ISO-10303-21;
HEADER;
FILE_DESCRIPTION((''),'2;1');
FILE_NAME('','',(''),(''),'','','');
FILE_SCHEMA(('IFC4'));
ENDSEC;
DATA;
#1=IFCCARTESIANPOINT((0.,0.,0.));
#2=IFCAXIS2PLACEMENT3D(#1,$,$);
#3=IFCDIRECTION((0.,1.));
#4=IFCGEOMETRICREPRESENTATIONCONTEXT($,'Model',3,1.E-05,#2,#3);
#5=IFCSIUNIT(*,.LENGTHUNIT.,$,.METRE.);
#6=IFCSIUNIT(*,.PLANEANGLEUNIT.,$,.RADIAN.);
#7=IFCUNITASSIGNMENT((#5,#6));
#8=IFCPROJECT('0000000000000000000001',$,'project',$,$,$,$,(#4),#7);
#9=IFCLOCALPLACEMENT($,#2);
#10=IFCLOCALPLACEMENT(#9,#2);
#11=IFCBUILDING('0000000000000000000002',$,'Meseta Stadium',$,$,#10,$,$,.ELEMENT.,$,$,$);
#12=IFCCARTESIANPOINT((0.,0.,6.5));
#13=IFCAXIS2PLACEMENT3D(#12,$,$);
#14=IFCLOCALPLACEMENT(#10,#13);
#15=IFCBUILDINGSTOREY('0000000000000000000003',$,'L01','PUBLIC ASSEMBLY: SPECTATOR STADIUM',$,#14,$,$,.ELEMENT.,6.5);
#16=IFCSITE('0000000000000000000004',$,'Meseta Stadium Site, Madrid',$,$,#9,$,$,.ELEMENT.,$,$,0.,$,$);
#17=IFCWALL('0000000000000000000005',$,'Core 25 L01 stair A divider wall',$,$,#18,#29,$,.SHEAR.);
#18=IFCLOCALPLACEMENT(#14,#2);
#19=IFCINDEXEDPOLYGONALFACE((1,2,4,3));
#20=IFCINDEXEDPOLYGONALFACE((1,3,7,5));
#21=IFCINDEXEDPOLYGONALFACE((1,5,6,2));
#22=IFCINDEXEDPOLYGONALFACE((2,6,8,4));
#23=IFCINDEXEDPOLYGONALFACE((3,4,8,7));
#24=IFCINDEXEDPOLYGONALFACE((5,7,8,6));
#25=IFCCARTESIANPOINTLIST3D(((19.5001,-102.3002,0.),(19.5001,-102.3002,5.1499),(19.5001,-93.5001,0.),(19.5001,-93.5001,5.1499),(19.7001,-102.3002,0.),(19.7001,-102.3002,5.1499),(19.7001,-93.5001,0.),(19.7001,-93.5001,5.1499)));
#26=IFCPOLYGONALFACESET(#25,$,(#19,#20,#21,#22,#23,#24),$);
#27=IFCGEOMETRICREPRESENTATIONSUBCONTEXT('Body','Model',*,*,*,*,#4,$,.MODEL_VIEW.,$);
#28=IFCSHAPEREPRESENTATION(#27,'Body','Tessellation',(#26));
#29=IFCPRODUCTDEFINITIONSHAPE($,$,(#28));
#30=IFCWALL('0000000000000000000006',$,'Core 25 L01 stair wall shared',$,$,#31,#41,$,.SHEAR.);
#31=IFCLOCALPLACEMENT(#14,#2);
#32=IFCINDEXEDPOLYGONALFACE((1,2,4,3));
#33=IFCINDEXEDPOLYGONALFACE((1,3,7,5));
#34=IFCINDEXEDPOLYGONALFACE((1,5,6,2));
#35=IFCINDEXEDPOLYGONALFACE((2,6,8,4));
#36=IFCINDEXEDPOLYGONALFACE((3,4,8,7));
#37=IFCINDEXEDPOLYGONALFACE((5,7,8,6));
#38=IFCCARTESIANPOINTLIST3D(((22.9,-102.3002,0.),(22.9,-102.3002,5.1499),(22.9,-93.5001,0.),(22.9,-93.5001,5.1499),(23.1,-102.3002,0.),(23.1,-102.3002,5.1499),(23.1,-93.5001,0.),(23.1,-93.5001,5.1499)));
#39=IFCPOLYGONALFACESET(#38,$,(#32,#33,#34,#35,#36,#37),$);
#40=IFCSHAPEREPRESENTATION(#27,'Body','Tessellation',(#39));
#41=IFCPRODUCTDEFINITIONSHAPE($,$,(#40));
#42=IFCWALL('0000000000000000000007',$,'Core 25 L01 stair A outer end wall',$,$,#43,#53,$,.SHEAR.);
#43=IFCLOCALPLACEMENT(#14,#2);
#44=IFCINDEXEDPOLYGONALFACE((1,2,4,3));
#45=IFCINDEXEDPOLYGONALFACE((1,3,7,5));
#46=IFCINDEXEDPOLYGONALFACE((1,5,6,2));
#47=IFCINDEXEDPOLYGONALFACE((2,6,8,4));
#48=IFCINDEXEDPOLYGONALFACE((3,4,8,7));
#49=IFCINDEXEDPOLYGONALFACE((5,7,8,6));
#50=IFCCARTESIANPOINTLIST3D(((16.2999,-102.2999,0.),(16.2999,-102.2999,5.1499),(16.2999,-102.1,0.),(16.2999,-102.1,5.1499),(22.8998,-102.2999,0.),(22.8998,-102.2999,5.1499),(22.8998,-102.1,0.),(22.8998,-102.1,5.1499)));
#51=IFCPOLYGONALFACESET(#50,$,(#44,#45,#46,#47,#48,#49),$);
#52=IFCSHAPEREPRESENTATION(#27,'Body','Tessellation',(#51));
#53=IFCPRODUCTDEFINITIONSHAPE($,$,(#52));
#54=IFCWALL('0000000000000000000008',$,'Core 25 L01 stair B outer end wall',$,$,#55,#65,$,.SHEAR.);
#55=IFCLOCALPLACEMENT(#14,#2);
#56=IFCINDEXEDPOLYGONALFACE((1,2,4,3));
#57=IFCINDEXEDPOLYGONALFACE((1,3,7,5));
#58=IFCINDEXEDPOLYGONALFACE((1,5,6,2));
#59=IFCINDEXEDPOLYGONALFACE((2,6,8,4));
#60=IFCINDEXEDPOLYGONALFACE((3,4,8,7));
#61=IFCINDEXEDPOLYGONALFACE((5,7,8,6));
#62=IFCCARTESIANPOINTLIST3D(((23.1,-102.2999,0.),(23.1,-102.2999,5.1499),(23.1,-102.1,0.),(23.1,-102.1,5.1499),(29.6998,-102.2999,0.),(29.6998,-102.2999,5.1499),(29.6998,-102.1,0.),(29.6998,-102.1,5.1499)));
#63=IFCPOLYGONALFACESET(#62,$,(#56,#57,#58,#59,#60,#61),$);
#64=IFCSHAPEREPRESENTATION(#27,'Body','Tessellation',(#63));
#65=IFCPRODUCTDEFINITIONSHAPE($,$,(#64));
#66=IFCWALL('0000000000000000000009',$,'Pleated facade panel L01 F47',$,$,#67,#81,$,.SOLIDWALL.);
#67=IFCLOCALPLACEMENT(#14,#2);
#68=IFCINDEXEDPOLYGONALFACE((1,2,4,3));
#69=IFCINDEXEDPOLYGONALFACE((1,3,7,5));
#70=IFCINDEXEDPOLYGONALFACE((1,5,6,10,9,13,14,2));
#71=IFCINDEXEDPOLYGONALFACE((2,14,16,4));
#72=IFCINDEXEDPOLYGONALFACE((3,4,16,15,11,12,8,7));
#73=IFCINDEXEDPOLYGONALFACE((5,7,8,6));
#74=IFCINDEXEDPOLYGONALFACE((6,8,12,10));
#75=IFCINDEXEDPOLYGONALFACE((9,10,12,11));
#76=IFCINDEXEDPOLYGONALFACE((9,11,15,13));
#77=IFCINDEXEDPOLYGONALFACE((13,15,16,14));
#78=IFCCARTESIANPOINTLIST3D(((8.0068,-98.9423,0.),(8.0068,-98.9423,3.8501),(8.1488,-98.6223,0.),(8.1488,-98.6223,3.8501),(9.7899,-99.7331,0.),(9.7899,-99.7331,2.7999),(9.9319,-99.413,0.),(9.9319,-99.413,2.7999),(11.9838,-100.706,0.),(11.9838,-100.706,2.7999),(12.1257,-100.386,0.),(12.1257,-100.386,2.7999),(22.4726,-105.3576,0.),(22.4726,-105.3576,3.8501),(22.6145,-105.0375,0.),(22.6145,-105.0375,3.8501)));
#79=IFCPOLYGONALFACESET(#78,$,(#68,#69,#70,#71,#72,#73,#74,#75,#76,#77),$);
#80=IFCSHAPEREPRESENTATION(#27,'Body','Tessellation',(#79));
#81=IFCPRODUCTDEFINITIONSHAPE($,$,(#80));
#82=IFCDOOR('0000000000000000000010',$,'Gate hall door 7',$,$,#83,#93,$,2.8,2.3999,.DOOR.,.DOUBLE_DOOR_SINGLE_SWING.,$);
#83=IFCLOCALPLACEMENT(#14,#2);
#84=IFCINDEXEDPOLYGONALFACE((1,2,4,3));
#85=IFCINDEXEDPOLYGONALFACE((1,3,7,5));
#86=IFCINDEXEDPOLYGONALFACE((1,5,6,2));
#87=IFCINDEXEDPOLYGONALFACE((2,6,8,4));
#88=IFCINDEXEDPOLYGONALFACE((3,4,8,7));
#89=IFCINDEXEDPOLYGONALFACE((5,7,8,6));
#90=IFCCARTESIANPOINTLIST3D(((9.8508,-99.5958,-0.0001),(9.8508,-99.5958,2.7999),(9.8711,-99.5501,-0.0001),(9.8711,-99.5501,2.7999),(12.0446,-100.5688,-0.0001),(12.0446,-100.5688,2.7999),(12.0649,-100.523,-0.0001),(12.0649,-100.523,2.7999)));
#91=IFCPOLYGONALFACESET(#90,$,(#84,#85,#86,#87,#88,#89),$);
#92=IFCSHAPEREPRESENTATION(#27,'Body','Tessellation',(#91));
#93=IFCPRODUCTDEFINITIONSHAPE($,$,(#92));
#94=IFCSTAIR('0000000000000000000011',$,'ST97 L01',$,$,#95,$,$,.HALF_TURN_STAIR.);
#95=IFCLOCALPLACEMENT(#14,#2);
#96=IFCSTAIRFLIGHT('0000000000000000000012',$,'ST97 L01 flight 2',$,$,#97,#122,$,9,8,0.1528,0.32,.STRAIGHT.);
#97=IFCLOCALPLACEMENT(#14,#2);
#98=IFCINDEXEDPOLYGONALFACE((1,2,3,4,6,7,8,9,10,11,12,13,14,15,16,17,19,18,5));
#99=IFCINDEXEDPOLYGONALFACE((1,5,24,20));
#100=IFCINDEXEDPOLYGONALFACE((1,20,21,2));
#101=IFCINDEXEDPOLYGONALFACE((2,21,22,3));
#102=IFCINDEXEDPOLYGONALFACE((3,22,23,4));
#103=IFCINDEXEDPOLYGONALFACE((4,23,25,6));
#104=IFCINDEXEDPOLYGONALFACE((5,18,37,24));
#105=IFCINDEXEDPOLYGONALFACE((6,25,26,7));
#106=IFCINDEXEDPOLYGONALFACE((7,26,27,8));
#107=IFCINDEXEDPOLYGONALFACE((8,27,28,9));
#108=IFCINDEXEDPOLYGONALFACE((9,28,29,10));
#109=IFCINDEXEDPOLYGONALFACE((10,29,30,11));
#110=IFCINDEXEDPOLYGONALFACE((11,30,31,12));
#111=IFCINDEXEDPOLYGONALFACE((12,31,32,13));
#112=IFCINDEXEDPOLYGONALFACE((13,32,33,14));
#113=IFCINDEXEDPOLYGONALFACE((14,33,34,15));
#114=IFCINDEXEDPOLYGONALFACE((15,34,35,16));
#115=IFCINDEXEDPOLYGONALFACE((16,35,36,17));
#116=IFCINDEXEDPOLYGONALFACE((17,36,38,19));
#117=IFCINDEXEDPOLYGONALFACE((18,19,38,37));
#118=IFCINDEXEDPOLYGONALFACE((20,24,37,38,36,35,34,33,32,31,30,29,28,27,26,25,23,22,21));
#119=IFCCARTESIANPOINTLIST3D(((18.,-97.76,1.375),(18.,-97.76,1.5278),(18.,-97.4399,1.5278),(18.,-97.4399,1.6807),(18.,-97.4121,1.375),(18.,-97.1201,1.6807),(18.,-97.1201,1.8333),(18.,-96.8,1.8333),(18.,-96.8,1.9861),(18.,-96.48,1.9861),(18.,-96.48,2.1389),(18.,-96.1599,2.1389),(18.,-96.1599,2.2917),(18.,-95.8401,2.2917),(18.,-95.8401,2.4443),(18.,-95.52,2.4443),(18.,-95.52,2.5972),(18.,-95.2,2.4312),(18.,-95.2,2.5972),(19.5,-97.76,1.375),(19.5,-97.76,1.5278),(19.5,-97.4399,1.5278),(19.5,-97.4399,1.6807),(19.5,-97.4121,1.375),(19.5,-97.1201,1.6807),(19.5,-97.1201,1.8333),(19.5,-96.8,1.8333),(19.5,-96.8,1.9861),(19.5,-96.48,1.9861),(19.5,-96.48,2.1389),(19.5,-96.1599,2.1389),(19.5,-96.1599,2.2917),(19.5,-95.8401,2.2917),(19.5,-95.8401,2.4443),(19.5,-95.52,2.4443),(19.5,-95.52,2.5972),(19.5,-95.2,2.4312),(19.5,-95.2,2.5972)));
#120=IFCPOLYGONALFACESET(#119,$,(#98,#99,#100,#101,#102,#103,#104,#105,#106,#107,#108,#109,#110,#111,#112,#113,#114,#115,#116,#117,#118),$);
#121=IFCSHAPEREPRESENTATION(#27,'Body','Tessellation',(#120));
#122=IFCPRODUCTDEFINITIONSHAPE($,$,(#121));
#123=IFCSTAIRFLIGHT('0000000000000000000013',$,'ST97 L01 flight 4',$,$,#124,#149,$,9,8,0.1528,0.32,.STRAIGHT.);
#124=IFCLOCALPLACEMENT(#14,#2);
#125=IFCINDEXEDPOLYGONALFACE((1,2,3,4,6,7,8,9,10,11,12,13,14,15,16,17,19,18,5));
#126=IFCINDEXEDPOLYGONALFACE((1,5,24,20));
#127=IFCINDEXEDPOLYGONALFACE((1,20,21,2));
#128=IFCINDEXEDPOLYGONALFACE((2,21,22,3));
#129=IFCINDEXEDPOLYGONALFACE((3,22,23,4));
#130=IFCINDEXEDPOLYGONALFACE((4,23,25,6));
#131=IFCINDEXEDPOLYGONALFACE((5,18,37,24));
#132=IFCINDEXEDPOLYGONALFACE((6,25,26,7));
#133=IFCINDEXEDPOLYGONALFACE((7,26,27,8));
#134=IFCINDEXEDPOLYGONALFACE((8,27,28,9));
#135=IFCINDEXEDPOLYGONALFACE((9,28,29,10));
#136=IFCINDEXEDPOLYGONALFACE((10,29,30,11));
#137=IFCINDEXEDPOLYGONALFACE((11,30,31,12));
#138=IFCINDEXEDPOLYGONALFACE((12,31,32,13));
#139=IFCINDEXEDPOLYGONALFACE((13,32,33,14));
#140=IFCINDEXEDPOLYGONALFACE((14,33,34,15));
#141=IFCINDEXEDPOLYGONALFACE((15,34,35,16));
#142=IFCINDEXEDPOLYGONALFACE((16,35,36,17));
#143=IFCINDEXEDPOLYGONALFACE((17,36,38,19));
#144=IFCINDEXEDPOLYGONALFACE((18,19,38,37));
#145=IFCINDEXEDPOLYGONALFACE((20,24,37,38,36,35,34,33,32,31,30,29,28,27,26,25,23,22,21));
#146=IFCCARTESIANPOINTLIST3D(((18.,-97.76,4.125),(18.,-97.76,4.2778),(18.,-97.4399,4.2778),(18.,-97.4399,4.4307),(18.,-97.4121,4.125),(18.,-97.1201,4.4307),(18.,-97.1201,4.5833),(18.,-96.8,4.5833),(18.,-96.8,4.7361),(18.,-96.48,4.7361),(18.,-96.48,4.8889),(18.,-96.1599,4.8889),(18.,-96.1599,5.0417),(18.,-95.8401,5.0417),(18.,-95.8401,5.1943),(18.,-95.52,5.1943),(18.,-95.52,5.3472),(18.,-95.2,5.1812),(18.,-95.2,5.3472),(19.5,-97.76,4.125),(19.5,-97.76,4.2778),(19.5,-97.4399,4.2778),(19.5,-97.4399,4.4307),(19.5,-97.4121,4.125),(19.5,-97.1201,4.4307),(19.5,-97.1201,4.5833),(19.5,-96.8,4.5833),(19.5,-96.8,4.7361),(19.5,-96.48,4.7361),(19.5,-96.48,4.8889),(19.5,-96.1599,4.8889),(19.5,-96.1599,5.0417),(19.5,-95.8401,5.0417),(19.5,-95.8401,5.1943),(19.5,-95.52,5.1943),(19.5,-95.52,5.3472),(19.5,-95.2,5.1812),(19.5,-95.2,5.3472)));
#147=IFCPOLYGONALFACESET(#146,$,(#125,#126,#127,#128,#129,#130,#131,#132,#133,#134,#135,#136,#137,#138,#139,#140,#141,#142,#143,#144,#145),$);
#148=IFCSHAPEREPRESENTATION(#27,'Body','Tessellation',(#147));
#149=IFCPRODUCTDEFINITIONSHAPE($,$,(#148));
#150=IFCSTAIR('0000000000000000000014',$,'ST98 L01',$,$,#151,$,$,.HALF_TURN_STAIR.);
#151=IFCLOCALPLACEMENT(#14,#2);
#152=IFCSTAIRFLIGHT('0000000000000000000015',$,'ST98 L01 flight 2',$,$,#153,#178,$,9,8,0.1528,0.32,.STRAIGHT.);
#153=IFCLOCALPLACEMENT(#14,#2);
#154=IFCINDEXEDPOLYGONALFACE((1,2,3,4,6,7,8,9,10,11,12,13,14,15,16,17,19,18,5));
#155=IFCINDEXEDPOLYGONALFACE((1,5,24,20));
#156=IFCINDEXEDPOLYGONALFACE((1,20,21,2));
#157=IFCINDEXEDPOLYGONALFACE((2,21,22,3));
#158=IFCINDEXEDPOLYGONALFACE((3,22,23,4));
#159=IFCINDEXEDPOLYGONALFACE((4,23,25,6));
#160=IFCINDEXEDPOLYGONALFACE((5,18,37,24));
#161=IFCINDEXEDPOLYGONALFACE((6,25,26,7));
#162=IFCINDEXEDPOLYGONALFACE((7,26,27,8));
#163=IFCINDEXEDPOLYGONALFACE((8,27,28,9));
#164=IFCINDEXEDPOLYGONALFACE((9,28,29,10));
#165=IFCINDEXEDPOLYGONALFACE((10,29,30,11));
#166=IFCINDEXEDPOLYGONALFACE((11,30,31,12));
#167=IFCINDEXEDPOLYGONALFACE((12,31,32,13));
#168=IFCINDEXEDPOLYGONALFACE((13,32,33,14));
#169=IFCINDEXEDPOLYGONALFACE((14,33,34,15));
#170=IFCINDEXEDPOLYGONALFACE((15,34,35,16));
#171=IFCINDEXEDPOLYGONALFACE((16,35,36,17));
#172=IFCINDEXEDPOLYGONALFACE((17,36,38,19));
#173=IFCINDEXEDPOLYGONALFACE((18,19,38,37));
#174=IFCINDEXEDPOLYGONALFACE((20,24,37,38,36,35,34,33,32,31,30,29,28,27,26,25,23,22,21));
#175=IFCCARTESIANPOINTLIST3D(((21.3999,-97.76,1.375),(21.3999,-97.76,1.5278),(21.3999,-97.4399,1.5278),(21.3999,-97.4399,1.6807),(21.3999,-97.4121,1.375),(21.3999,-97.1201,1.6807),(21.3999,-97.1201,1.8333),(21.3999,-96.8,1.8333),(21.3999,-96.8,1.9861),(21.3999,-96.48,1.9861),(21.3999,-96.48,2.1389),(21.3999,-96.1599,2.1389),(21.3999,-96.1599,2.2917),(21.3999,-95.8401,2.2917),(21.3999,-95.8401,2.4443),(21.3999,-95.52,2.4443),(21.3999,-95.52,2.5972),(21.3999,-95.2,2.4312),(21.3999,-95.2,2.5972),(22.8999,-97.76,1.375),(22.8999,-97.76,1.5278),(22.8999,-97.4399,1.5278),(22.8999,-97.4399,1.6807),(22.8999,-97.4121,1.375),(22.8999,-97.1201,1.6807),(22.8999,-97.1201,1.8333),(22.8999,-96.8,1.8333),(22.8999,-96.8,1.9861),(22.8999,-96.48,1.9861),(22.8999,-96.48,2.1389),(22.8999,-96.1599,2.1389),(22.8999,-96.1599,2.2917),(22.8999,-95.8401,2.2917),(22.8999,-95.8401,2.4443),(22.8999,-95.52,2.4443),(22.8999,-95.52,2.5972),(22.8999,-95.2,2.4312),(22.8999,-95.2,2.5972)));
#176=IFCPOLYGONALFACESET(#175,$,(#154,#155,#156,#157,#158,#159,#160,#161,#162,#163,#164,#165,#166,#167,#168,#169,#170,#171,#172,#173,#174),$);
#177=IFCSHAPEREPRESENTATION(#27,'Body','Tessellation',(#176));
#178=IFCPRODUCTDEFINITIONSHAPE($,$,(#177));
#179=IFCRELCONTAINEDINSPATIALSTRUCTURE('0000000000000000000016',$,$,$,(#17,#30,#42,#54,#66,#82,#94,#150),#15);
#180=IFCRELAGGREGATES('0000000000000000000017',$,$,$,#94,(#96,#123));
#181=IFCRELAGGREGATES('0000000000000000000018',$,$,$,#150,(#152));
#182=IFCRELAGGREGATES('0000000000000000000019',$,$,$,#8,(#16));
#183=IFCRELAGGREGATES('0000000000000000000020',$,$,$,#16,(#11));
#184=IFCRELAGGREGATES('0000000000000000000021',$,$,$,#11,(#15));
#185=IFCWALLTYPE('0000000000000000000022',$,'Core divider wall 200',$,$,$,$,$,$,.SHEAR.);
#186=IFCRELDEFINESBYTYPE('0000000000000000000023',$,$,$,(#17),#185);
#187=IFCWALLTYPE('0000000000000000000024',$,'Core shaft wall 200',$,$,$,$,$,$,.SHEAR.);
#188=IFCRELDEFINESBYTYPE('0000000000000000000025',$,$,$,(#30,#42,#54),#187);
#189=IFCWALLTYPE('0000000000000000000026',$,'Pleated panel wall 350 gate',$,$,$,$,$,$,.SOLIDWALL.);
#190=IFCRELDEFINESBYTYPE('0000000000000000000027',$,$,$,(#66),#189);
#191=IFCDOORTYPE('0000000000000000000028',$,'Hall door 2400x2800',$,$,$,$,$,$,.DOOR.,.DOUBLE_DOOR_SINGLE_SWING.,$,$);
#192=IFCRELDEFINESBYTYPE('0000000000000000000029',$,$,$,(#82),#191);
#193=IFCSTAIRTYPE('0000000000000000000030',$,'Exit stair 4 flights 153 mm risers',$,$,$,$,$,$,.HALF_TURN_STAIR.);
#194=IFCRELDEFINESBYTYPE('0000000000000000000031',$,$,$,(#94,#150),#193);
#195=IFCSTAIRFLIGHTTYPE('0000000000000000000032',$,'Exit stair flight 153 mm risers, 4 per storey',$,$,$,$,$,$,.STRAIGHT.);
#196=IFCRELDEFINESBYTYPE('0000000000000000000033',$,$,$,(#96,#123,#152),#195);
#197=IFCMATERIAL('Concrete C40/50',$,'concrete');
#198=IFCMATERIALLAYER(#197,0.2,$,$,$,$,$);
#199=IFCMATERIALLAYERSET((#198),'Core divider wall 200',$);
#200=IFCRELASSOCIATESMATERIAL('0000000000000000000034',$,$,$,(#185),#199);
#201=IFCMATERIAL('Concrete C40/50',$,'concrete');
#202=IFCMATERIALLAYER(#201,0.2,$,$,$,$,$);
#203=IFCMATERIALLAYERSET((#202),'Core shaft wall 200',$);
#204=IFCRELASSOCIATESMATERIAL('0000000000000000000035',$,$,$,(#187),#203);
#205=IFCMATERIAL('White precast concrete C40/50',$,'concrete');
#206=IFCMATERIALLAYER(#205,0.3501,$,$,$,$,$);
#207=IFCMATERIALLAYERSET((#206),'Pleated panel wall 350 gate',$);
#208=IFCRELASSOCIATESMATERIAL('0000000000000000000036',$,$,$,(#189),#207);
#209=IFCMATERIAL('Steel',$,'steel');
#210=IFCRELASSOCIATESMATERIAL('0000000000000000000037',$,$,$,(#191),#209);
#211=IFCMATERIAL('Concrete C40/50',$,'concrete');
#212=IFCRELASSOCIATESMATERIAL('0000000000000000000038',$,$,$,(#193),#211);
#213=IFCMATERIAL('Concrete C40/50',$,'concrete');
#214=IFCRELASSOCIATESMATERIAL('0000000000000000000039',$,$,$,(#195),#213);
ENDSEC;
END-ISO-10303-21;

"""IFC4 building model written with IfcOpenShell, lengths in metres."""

from ifc_helpers import new_model, si_unit, direction, frame, frame_2d, origin, place, context, subcontext, project, spatial, polyline, rectangle, outline, extrude, material, layer, layer_set, type_object, element, fill, aggregate, save


model = new_model("IFC4")

# Units and contexts
model_context = context("Model", 3, precision=1e-05, world=origin(), true_north=direction((0.0, 1.0)))
body_context = subcontext(model_context, "Body", "Model", "MODEL_VIEW")
ifc_project = project(units=[si_unit("LENGTHUNIT", "METRE"), si_unit("PLANEANGLEUNIT", "RADIAN")], contexts=[model_context])

# Site, building, storey
site_placement = place(None, origin())
site = spatial("IfcSite", under=ifc_project, at=site_placement, Name="Meseta Stadium Site, Madrid", CompositionType="ELEMENT", RefElevation=0.0)
building_placement = place(site_placement, origin())
building = spatial("IfcBuilding", under=site, at=building_placement, Name="Meseta Stadium", CompositionType="ELEMENT")
storey_placement = place(building_placement, frame((0.0, 0.0, 6.5)))
storey = spatial("IfcBuildingStorey", under=building, at=storey_placement, Name="L01", Description="PUBLIC ASSEMBLY: SPECTATOR STADIUM", CompositionType="ELEMENT", Elevation=6.5)

# Walls
ifc_material_1 = material(Name="Concrete C40/50", Category="concrete")
ifc_layer_1 = layer(ifc_material_1, 0.2)
ifc_layer_set_1 = layer_set([ifc_layer_1], Name="Core divider wall 200")
wall_type_1 = type_object("IfcWallType", Name="Core divider wall 200", PredefinedType="SHEAR", material=ifc_layer_set_1)
wall_1_placement = place(storey_placement, frame((19.6001, -102.3, 0.0), z_axis=(0.0, 0.0, 1.0), x_axis=(0.0, 1.0, 0.0)))
element("IfcWall", 1, at=wall_1_placement, inside=storey, type_object=wall_type_1, Name="Core 25 L01 stair A divider wall", PredefinedType="SHEAR", context=body_context, shape_type="SweptSolid", body=[
    extrude(rectangle(XDim=8.8, YDim=0.2, at=frame_2d((4.3999, 0.0))), origin(), (0.0, 0.0, 1.0), 5.1499),
])
ifc_material_2 = material(Name="Concrete C40/50", Category="concrete")
ifc_layer_2 = layer(ifc_material_2, 0.2)
ifc_layer_set_2 = layer_set([ifc_layer_2], Name="Core shaft wall 200")
wall_type_2 = type_object("IfcWallType", Name="Core shaft wall 200", PredefinedType="SHEAR", material=ifc_layer_set_2)
wall_2_placement = place(storey_placement, frame((23.0, -102.3, 0.0), z_axis=(0.0, 0.0, 1.0), x_axis=(0.0, 1.0, 0.0)))
element("IfcWall", 2, at=wall_2_placement, inside=storey, type_object=wall_type_2, Name="Core 25 L01 stair wall shared", PredefinedType="SHEAR", context=body_context, shape_type="SweptSolid", body=[
    extrude(rectangle(XDim=8.8, YDim=0.2, at=frame_2d((4.3999, 0.0))), origin(), (0.0, 0.0, 1.0), 5.1499),
])
for number, where, z_axis, x_axis, name in (
    (3, (16.3, -102.2, 0.0), (0.0, 0.0, 1.0), (1.0, 0.0, 0.0), "Core 25 L01 stair A outer end wall"),
    (4, (23.1001, -102.2, 0.0), (0.0, 0.0, 1.0), (1.0, 0.0, 0.0), "Core 25 L01 stair B outer end wall"),
):
    element("IfcWall", number, at=place(storey_placement, frame(where, z_axis=z_axis, x_axis=x_axis)), inside=storey, type_object=wall_type_2, Name=name, PredefinedType="SHEAR", context=body_context, shape_type="SweptSolid", body=[
        extrude(rectangle(XDim=6.5999, YDim=0.2, at=frame_2d((3.2998, 0.0))), origin(), (0.0, 0.0, 1.0), 5.1499),
    ])

# Wall, opening, door
ifc_material_3 = material(Name="White precast concrete C40/50", Category="concrete")
ifc_layer_3 = layer(ifc_material_3, 0.3501)
ifc_layer_set_3 = layer_set([ifc_layer_3], Name="Pleated panel wall 350 gate")
wall_type_3 = type_object("IfcWallType", Name="Pleated panel wall 350 gate", PredefinedType="SOLIDWALL", material=ifc_layer_set_3)
wall_3_placement = place(storey_placement, frame((22.5435, -105.1975, 0.0), z_axis=(0.0, 0.0, 1.0), x_axis=(-0.914139, 0.405401, 0.0)))
wall_3 = element("IfcWall", 5, at=wall_3_placement, inside=storey, type_object=wall_type_3, Name="Pleated facade panel L01 F47", PredefinedType="SOLIDWALL", context=body_context, shape_type="SweptSolid", body=[
    extrude(rectangle(XDim=15.8245, YDim=0.3501, at=frame_2d((7.9121, 0.0))), origin(), (0.0, 0.0, 1.0), 3.8501),
])
opening_placement = place(wall_3_placement, frame((11.4739, 0.0, 0.0)))
opening = element("IfcOpeningElement", 6, at=opening_placement, cuts=wall_3, PredefinedType="OPENING", context=body_context, shape_type="SweptSolid", body=[
    extrude(rectangle(XDim=2.3999, YDim=2.8, at=frame_2d((1.2, 1.3999))), frame((0.0, 0.1851, 0.0), z_axis=(0.0, -1.0, 0.0), x_axis=(1.0, 0.0, 0.0)), (0.0, 0.0, 1.0), 0.3701),
])
ifc_material_4 = material(Name="Steel", Category="steel")
door_type = type_object("IfcDoorType", Name="Hall door 2400x2800", OperationType="DOUBLE_DOOR_SINGLE_SWING", PredefinedType="DOOR", material=ifc_material_4)
door_placement = place(opening_placement, origin())
door = element("IfcDoor", 7, at=door_placement, inside=storey, type_object=door_type, Name="Gate hall door 7", OperationType="DOUBLE_DOOR_SINGLE_SWING", OverallHeight=2.8, OverallWidth=2.3999, PredefinedType="DOOR", context=body_context, shape_type="SweptSolid", body=[
    extrude(rectangle(XDim=2.3999, YDim=2.8, at=frame_2d((1.2, 1.3999))), frame((0.0, 0.0249, 0.0), z_axis=(0.0, -1.0, 0.0), x_axis=(1.0, 0.0, 0.0)), (0.0, 0.0, 1.0), 0.05),
])
fill(opening, door)

# Stairs, stair flights
ifc_material_5 = material(Name="Concrete C40/50", Category="concrete")
stair_type = type_object("IfcStairType", Name="Exit stair 4 flights 153 mm risers", PredefinedType="HALF_TURN_STAIR", material=ifc_material_5)
stair_1_placement = place(storey_placement, origin())
stair_1 = element("IfcStair", 8, at=stair_1_placement, inside=storey, type_object=stair_type, Name="ST97 L01", PredefinedType="HALF_TURN_STAIR")
ifc_material_6 = material(Name="Concrete C40/50", Category="concrete")
stair_flight_type = type_object("IfcStairFlightType", Name="Exit stair flight 153 mm risers, 4 per storey", PredefinedType="STRAIGHT", material=ifc_material_6)
stair_flight_1_placement = place(storey_placement, frame((18.75, -97.76, 1.375), z_axis=(0.0, 0.0, 1.0), x_axis=(0.0, 1.0, 0.0)))
stair_flight_1 = element("IfcStairFlight", 9, at=stair_flight_1_placement, type_object=stair_flight_type, Name="ST97 L01 flight 2", NumberOfRisers=9, NumberOfTreads=8, PredefinedType="STRAIGHT", RiserHeight=0.1528, TreadLength=0.32, context=body_context, shape_type="SweptSolid", body=[
    extrude(outline(polyline([(0.0, 0.0), (0.0, 0.1528), (0.3201, 0.1528), (0.3201, 0.3057), (0.6399, 0.3057), (0.6399, 0.4583), (0.96, 0.4583), (0.96, 0.6111), (1.28, 0.6111), (1.28, 0.7639), (1.6001, 0.7639), (1.6001, 0.9167), (1.9199, 0.9167), (1.9199, 1.0693), (2.24, 1.0693), (2.24, 1.2222), (2.5601, 1.2222), (2.5601, 1.0562), (0.3479, 0.0), (0.0, 0.0)])), frame((0.0, 0.75, 0.0), z_axis=(0.0, -1.0, 0.0), x_axis=(1.0, 0.0, 0.0)), (0.0, 0.0, 1.0), 1.5),
])
stair_flight_2_placement = place(storey_placement, frame((18.75, -97.76, 4.125), z_axis=(0.0, 0.0, 1.0), x_axis=(0.0, 1.0, 0.0)))
stair_flight_2 = element("IfcStairFlight", 10, at=stair_flight_2_placement, type_object=stair_flight_type, Name="ST97 L01 flight 4", NumberOfRisers=9, NumberOfTreads=8, PredefinedType="STRAIGHT", RiserHeight=0.1528, TreadLength=0.32, context=body_context, shape_type="SweptSolid", body=[
    extrude(outline(polyline([(0.0, 0.0), (0.0, 0.1528), (0.3201, 0.1528), (0.3201, 0.3057), (0.6399, 0.3057), (0.6399, 0.4583), (0.96, 0.4583), (0.96, 0.6111), (1.28, 0.6111), (1.28, 0.7639), (1.6001, 0.7639), (1.6001, 0.9167), (1.9199, 0.9167), (1.9199, 1.0693), (2.24, 1.0693), (2.24, 1.2222), (2.5601, 1.2222), (2.5601, 1.0562), (0.3479, 0.0), (0.0, 0.0)])), frame((0.0, 0.75, 0.0), z_axis=(0.0, -1.0, 0.0), x_axis=(1.0, 0.0, 0.0)), (0.0, 0.0, 1.0), 1.5),
])
aggregate(stair_1, [stair_flight_1, stair_flight_2])
stair_2_placement = place(storey_placement, origin())
stair_2 = element("IfcStair", 11, at=stair_2_placement, inside=storey, type_object=stair_type, Name="ST98 L01", PredefinedType="HALF_TURN_STAIR")
stair_flight_3_placement = place(storey_placement, frame((22.1499, -97.76, 1.375), z_axis=(0.0, 0.0, 1.0), x_axis=(0.0, 1.0, 0.0)))
stair_flight_3 = element("IfcStairFlight", 12, at=stair_flight_3_placement, type_object=stair_flight_type, Name="ST98 L01 flight 2", NumberOfRisers=9, NumberOfTreads=8, PredefinedType="STRAIGHT", RiserHeight=0.1528, TreadLength=0.32, context=body_context, shape_type="SweptSolid", body=[
    extrude(outline(polyline([(0.0, 0.0), (0.0, 0.1528), (0.3201, 0.1528), (0.3201, 0.3057), (0.6399, 0.3057), (0.6399, 0.4583), (0.96, 0.4583), (0.96, 0.6111), (1.28, 0.6111), (1.28, 0.7639), (1.6001, 0.7639), (1.6001, 0.9167), (1.9199, 0.9167), (1.9199, 1.0693), (2.24, 1.0693), (2.24, 1.2222), (2.5601, 1.2222), (2.5601, 1.0562), (0.3479, 0.0), (0.0, 0.0)])), frame((0.0, 0.75, 0.0), z_axis=(0.0, -1.0, 0.0), x_axis=(1.0, 0.0, 0.0)), (0.0, 0.0, 1.0), 1.5),
])
aggregate(stair_2, [stair_flight_3])

save(model, "model.ifc")
